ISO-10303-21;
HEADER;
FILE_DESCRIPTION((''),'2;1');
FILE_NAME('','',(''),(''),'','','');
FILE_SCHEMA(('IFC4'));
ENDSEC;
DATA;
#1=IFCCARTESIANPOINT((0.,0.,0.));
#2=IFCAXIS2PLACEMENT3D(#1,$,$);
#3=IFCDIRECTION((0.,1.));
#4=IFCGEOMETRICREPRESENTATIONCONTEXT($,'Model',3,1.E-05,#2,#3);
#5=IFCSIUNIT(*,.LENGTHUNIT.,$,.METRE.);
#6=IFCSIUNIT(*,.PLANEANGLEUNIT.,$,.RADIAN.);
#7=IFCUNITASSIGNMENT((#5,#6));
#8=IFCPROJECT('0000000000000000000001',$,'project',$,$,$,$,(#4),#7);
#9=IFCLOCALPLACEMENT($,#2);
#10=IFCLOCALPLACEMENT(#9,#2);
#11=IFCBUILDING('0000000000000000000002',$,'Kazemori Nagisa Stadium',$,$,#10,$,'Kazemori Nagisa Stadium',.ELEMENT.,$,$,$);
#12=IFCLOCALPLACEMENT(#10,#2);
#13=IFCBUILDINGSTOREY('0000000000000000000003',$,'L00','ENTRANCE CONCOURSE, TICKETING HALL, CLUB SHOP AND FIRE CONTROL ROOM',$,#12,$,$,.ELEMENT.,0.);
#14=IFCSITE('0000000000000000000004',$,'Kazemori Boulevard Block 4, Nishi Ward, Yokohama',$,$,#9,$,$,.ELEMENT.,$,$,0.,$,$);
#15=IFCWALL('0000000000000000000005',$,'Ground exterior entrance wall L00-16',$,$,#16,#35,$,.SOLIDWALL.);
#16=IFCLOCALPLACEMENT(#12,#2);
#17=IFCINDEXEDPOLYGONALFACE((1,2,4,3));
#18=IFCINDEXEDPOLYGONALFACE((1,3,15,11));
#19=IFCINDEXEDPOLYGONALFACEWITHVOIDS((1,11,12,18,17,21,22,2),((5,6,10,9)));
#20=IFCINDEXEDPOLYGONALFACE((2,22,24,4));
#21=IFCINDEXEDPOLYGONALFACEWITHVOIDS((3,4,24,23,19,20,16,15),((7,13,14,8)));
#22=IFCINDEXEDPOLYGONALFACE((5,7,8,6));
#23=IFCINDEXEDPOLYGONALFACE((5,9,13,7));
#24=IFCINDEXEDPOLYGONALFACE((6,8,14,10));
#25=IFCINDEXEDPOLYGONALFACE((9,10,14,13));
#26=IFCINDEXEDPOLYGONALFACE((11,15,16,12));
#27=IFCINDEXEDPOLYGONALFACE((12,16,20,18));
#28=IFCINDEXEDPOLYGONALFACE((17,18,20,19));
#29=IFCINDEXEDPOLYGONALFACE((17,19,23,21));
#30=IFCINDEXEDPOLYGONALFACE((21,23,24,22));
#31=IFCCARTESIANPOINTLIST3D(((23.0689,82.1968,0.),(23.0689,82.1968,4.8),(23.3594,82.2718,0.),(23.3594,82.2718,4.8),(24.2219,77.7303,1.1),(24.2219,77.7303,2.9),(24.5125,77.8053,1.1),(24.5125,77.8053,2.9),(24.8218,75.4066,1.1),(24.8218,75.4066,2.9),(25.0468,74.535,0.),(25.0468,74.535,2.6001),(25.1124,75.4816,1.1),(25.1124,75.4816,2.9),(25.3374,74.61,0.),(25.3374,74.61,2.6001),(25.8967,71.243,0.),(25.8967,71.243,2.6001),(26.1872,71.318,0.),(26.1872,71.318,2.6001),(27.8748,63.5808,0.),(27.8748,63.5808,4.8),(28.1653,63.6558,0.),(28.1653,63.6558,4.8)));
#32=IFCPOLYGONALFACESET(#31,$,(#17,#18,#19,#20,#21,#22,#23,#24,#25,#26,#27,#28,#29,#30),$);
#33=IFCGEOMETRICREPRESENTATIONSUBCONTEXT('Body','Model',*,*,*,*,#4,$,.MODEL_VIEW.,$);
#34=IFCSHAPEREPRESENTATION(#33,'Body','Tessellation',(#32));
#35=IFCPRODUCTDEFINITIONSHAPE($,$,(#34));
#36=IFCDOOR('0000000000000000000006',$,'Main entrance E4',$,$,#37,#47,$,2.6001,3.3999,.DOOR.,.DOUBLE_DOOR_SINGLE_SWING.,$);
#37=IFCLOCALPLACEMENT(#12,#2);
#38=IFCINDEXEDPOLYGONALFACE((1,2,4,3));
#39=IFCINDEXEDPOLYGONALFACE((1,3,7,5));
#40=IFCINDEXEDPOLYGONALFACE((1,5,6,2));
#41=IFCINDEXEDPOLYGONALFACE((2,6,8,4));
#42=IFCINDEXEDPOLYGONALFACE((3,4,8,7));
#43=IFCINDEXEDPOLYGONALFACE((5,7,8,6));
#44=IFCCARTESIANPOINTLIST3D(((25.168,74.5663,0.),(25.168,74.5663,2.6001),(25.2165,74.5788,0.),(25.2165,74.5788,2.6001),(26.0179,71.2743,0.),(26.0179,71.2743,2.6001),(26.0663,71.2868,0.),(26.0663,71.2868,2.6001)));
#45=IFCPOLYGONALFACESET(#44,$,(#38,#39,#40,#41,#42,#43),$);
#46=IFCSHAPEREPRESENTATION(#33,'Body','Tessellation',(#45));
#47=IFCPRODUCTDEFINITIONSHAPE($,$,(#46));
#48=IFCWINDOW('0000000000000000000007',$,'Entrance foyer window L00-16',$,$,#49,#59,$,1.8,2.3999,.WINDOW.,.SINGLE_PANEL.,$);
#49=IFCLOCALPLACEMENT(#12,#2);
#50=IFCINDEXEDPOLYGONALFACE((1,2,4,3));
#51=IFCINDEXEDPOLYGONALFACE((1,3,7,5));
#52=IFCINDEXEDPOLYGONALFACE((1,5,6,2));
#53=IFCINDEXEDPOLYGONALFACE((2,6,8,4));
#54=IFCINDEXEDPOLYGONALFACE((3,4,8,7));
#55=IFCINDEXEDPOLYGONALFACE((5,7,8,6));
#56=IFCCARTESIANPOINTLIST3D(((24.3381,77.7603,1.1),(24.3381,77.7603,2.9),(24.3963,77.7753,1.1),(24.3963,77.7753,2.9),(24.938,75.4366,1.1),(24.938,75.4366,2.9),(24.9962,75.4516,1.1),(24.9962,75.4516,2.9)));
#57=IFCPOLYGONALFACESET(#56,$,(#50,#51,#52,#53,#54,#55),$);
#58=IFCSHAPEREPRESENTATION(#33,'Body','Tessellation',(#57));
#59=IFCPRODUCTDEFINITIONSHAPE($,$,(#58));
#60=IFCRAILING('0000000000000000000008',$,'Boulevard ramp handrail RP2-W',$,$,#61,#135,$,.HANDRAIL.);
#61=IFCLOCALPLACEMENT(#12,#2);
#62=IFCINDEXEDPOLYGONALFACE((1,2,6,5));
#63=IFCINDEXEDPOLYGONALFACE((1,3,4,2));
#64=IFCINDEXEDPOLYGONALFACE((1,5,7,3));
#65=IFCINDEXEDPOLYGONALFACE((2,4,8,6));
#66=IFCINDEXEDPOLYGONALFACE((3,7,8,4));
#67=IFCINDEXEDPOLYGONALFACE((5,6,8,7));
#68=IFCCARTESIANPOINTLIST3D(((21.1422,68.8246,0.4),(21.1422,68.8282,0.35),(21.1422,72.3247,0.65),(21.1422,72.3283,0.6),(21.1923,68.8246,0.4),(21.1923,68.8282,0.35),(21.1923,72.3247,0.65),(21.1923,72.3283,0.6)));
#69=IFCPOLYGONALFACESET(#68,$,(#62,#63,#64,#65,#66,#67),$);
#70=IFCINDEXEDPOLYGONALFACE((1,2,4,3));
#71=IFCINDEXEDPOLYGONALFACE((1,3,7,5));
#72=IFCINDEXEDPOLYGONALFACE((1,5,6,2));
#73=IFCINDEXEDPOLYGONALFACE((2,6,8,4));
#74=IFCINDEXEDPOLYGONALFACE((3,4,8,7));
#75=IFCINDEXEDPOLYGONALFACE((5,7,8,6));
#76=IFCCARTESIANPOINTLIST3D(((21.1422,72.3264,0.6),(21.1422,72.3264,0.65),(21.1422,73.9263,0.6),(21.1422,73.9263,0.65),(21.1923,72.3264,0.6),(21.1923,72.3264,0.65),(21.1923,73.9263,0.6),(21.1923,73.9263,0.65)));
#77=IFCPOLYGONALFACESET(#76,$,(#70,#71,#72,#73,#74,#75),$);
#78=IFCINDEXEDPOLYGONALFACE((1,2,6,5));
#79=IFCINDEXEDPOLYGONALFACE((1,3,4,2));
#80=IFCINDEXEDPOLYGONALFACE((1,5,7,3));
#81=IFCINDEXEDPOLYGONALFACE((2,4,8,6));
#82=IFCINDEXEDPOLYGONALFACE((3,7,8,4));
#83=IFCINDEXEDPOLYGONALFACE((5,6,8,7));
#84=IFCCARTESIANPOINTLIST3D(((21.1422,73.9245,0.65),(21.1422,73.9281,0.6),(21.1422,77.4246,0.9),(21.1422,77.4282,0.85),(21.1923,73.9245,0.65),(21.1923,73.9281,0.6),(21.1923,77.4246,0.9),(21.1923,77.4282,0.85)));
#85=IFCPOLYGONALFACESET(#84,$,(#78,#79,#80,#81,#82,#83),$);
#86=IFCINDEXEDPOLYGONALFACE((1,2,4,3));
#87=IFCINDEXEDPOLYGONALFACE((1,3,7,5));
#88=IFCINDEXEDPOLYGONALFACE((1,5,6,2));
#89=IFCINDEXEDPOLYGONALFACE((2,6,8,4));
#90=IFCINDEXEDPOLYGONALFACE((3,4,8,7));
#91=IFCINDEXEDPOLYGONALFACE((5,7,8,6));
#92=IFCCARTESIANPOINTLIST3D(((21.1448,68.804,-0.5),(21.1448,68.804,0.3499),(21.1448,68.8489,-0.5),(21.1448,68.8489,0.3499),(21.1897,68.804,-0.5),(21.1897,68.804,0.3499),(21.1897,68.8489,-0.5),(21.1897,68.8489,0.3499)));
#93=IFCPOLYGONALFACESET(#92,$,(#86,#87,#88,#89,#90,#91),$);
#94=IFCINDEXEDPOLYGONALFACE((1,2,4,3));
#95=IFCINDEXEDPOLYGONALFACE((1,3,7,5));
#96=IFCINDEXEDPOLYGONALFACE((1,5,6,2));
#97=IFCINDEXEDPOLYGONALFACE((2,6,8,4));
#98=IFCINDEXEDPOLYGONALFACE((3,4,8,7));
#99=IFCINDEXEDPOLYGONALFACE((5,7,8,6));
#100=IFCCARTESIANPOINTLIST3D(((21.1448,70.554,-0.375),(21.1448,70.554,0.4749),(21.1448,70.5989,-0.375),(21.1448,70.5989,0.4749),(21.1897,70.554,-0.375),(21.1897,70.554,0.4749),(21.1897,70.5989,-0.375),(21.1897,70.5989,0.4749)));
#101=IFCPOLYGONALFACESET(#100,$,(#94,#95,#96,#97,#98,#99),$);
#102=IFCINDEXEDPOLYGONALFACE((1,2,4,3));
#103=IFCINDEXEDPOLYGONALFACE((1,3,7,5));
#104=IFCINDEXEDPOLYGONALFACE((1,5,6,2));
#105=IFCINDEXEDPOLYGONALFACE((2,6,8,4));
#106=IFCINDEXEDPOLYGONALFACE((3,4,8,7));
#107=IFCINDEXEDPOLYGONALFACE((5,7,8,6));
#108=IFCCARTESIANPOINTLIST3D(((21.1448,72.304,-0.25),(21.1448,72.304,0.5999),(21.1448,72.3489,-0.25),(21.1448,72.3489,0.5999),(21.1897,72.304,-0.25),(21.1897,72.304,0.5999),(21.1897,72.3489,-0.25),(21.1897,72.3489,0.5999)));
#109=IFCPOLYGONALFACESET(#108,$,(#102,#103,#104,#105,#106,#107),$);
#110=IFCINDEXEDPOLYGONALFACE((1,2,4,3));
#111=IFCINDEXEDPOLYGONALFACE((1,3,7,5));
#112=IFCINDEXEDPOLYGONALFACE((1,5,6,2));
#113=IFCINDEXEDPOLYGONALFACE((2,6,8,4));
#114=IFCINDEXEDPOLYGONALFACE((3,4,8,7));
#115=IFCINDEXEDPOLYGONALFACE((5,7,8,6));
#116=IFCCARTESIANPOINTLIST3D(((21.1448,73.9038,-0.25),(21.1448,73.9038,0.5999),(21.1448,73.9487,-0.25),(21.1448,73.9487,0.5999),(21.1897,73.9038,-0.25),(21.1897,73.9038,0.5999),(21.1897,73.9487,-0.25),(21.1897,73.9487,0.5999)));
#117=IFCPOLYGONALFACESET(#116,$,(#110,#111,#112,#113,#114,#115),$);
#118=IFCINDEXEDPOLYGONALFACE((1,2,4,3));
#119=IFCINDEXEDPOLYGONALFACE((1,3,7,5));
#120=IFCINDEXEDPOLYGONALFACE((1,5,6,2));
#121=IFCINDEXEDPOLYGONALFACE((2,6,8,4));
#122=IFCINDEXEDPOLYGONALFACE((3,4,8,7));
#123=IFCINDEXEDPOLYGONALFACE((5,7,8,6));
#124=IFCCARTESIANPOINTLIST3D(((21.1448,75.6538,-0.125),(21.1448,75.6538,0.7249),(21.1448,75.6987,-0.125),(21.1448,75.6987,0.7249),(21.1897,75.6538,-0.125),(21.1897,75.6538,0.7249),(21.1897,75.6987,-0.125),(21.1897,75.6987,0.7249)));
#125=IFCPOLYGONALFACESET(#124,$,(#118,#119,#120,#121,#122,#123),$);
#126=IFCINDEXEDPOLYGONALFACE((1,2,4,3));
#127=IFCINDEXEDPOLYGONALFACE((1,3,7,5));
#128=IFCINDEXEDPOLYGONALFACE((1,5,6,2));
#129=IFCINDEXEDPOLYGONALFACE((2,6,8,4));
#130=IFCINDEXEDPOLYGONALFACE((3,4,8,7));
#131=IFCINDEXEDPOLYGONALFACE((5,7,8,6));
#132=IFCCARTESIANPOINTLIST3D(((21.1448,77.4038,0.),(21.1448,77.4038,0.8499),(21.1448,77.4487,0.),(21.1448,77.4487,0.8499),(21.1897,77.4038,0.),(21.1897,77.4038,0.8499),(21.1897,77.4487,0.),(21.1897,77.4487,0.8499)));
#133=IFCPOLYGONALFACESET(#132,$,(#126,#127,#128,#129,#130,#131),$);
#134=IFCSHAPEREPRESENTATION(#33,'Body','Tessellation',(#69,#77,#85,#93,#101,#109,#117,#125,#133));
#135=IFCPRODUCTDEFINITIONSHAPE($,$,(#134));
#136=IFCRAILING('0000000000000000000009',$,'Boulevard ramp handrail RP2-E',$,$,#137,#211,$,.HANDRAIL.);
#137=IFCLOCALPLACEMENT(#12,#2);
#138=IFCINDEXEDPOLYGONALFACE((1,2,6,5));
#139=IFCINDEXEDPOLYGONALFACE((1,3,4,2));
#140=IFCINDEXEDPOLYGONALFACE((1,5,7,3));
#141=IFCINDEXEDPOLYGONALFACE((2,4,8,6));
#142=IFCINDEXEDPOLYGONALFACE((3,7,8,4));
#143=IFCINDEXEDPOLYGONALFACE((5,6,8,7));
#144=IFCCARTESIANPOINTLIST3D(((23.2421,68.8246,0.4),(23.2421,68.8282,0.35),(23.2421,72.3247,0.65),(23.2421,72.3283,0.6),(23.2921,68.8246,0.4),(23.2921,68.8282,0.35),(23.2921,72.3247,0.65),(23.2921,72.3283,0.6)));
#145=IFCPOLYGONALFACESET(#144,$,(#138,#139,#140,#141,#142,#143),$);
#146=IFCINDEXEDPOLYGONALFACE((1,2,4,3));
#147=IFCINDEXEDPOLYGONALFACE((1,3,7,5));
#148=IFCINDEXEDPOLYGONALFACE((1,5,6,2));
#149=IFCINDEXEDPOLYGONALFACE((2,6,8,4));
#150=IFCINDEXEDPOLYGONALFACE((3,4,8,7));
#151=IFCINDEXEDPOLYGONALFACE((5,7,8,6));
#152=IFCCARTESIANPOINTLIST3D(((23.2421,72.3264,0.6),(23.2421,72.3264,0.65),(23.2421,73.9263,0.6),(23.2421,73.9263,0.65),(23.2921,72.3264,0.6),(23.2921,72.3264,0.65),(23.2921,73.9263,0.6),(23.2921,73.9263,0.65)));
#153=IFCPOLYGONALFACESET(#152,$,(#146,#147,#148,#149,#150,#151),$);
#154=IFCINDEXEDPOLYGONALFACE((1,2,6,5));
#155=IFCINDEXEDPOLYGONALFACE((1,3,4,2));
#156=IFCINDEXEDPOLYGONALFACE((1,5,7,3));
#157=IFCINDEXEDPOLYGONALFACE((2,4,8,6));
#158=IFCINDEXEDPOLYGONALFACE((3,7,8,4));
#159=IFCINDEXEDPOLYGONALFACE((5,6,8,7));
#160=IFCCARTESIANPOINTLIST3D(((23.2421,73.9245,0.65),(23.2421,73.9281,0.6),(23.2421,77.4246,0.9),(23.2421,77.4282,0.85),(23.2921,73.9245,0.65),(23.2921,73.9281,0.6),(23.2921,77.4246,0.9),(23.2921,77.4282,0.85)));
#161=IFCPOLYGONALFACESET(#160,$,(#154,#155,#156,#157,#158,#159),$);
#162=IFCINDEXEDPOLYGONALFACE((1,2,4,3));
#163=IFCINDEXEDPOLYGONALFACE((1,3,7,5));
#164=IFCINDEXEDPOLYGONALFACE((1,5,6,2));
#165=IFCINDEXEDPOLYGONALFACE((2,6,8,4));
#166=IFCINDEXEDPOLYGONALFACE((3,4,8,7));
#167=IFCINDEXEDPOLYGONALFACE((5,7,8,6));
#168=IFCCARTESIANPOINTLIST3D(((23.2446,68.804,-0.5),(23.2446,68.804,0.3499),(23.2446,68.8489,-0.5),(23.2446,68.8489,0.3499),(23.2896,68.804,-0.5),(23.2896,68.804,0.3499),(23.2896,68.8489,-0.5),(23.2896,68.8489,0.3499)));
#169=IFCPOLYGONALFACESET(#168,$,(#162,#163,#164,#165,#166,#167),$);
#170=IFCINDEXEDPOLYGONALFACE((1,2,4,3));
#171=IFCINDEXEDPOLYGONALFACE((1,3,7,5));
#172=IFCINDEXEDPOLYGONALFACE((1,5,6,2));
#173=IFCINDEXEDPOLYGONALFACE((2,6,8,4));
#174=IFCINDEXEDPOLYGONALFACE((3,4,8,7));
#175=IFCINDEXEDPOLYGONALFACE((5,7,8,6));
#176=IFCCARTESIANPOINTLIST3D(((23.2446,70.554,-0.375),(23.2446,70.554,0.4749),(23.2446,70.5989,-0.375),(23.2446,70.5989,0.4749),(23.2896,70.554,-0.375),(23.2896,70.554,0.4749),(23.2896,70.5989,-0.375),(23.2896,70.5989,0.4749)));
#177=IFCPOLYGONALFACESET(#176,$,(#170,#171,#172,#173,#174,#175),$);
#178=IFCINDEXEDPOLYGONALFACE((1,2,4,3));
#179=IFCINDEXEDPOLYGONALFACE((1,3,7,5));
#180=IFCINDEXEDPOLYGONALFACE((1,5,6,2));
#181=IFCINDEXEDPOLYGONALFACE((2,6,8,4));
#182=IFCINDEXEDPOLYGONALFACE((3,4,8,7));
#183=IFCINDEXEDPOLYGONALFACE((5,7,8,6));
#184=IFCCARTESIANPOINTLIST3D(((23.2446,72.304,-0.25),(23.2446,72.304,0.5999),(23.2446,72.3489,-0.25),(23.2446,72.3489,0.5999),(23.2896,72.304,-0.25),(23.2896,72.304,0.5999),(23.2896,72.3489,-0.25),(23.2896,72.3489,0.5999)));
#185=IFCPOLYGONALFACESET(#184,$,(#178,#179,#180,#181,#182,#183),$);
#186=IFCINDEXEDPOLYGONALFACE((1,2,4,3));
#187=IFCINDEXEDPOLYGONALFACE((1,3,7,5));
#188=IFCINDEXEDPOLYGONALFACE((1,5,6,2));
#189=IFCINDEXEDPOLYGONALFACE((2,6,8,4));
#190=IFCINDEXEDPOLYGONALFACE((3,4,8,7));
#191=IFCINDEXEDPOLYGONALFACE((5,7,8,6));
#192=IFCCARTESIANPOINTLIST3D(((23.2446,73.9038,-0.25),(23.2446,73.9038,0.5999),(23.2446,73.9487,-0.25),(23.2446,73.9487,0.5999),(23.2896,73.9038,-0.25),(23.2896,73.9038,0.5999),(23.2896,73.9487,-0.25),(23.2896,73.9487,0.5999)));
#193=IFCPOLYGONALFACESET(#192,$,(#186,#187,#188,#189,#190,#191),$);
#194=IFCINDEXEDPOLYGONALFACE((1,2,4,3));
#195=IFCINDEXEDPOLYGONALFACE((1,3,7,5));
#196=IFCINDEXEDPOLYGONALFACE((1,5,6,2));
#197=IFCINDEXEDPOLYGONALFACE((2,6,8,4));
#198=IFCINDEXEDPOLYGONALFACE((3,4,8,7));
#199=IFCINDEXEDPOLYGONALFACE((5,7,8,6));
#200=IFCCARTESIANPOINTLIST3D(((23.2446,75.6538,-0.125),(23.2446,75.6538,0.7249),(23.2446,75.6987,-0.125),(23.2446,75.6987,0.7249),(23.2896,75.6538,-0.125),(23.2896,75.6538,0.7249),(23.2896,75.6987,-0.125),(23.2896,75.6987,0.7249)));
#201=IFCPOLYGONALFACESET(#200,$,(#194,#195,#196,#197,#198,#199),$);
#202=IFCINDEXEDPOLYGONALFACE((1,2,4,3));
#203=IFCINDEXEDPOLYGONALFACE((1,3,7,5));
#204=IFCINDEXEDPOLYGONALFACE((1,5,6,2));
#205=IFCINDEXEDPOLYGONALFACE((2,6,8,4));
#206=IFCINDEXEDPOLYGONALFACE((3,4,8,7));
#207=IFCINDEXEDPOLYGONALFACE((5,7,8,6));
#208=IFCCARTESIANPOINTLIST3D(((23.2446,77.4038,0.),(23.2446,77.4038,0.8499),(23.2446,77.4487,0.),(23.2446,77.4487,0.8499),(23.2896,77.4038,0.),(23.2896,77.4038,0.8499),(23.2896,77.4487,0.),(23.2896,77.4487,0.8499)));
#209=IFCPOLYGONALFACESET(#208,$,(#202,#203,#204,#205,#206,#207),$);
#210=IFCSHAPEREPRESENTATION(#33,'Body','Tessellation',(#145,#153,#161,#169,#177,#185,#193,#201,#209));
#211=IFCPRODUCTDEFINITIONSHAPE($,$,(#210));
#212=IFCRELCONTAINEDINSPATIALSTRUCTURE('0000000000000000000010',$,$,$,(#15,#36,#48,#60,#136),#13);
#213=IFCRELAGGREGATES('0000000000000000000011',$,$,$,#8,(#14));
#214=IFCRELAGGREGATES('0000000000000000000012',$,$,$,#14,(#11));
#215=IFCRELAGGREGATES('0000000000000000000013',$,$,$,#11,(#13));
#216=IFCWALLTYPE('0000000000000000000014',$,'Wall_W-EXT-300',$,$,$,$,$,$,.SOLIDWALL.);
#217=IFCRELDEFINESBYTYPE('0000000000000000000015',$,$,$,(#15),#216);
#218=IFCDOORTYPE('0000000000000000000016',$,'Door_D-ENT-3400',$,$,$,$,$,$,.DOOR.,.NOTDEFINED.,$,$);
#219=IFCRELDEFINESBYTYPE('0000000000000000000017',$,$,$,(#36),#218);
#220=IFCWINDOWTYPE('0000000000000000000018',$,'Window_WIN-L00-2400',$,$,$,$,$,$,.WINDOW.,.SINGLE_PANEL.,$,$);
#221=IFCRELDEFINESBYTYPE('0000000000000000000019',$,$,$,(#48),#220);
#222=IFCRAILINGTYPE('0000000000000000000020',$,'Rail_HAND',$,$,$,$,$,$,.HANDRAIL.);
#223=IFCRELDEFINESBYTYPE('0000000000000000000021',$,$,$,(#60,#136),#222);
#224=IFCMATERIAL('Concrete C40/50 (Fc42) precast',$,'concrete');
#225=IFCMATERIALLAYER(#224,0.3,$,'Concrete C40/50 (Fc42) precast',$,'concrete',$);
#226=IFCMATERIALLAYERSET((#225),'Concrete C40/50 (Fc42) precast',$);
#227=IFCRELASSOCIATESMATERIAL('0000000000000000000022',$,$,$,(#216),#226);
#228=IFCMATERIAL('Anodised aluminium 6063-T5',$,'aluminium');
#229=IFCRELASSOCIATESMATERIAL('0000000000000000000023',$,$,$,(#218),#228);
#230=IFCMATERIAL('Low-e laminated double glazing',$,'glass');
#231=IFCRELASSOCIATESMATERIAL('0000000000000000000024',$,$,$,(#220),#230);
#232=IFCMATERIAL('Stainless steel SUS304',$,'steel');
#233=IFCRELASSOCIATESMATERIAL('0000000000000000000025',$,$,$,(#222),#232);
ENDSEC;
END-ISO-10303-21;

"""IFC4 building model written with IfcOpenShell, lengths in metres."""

from ifc_helpers import new_model, si_unit, direction, frame, frame_2d, origin, origin_2d, place, context, subcontext, project, spatial, rectangle, extrude, material, layer, layer_set, type_object, element, fill, save


model = new_model("IFC4")

# Units and contexts
model_context = context("Model", 3, precision=1e-05, world=origin(), true_north=direction((0.0, 1.0)))
body_context = subcontext(model_context, "Body", "Model", "MODEL_VIEW")
ifc_project = project(units=[si_unit("LENGTHUNIT", "METRE"), si_unit("PLANEANGLEUNIT", "RADIAN")], contexts=[model_context])

# Site, building, storey
site_placement = place(None, origin())
site = spatial("IfcSite", under=ifc_project, at=site_placement, Name="Kazemori Boulevard Block 4, Nishi Ward, Yokohama", CompositionType="ELEMENT", RefElevation=0.0)
building_placement = place(site_placement, origin())
building = spatial("IfcBuilding", under=site, at=building_placement, Name="Kazemori Nagisa Stadium", LongName="Kazemori Nagisa Stadium", CompositionType="ELEMENT")
storey_placement = place(building_placement, origin())
storey = spatial("IfcBuildingStorey", under=building, at=storey_placement, Name="L00", Description="ENTRANCE CONCOURSE, TICKETING HALL, CLUB SHOP AND FIRE CONTROL ROOM", CompositionType="ELEMENT", Elevation=0.0)

# Wall, openings, door, window
ifc_material_1 = material(Name="Concrete C40/50 (Fc42) precast", Category="concrete")
ifc_layer = layer(ifc_material_1, 0.3, Name="Concrete C40/50 (Fc42) precast", Category="concrete")
ifc_layer_set = layer_set([ifc_layer], Name="Concrete C40/50 (Fc42) precast")
wall_type = type_object("IfcWallType", Name="Wall_W-EXT-300", PredefinedType="SOLIDWALL", material=ifc_layer_set)
ifc_material_2 = material(Name="Anodised aluminium 6063-T5", Category="aluminium")
door_type = type_object("IfcDoorType", Name="Door_D-ENT-3400", OperationType="NOTDEFINED", PredefinedType="DOOR", material=ifc_material_2)
ifc_material_3 = material(Name="Low-e laminated double glazing", Category="glass")
window_type = type_object("IfcWindowType", Name="Window_WIN-L00-2400", PartitioningType="SINGLE_PANEL", PredefinedType="WINDOW", material=ifc_material_3)
wall_1_placement = place(storey_placement, frame((23.2141, 82.2344, 0.0), z_axis=(0.0, 0.0, 1.0), x_axis=(0.249965, -0.968255, 0.0)))
wall_1 = element("IfcWall", 1, at=wall_1_placement, inside=storey, type_object=wall_type, Name="Ground exterior entrance wall L00-16", PredefinedType="SOLIDWALL", context=body_context, shape_type="SweptSolid", body=[
    extrude(rectangle(XDim=19.2263, YDim=0.3, at=frame_2d((9.6133, 0.0))), origin(), (0.0, 0.0, 1.0), 4.8),
])
opening_1_placement = place(wall_1_placement, frame((7.9131, 0.0, 0.0)))
opening_1 = element("IfcOpeningElement", 2, at=opening_1_placement, cuts=wall_1, PredefinedType="OPENING", context=body_context, shape_type="SweptSolid", body=[
    extrude(rectangle(XDim=3.3999, YDim=2.6001, at=frame_2d((1.7, 1.3))), frame((0.0, 0.1599, 0.0), z_axis=(0.0, -1.0, 0.0), x_axis=(1.0, 0.0, 0.0)), (0.0, 0.0, 1.0), 0.3201),
])
opening_2_placement = place(wall_1_placement, frame((4.613, 0.0, 1.1001)))
opening_2 = element("IfcOpeningElement", 3, at=opening_2_placement, cuts=wall_1, PredefinedType="OPENING", context=body_context, shape_type="SweptSolid", body=[
    extrude(rectangle(XDim=2.3999, YDim=1.8, at=frame_2d((1.2, 0.8999))), frame((0.0, 0.1599, 0.0), z_axis=(0.0, -1.0, 0.0), x_axis=(1.0, 0.0, 0.0)), (0.0, 0.0, 1.0), 0.3201),
])
door_1_placement = place(opening_1_placement, frame((3.3999, 0.0, 0.0), z_axis=(0.0, 0.0, 1.0), x_axis=(-1.0, 0.0, 0.0)))
door_1 = element("IfcDoor", 4, at=door_1_placement, inside=storey, type_object=door_type, Name="Main entrance E4", OperationType="DOUBLE_DOOR_SINGLE_SWING", OverallHeight=2.6001, OverallWidth=3.3999, PredefinedType="DOOR", context=body_context, shape_type="SweptSolid", body=[
    extrude(rectangle(XDim=3.3999, YDim=2.6001, at=frame_2d((1.7, 1.3))), frame((0.0, 0.0249, 0.0), z_axis=(0.0, -1.0, 0.0), x_axis=(1.0, 0.0, 0.0)), (0.0, 0.0, 1.0), 0.05),
])
fill(opening_1, door_1)
window_1_placement = place(opening_2_placement, origin())
window_1 = element("IfcWindow", 5, at=window_1_placement, inside=storey, type_object=window_type, Name="Entrance foyer window L00-16", OverallHeight=1.8, OverallWidth=2.3999, PartitioningType="SINGLE_PANEL", PredefinedType="WINDOW", context=body_context, shape_type="SweptSolid", body=[
    extrude(rectangle(XDim=2.3999, YDim=1.8, at=frame_2d((1.2, 0.8999))), frame((0.0, 0.03, 0.0), z_axis=(0.0, -1.0, 0.0), x_axis=(1.0, 0.0, 0.0)), (0.0, 0.0, 1.0), 0.0601),
])
fill(opening_2, window_1)

# Railings
ifc_material_4 = material(Name="Stainless steel SUS304", Category="steel")
railing_type = type_object("IfcRailingType", Name="Rail_HAND", PredefinedType="HANDRAIL", material=ifc_material_4)
for number, where, name in (
    (6, (21.1672, 68.8264, -0.5), "Boulevard ramp handrail RP2-W"),
    (7, (23.2671, 68.8264, -0.5), "Boulevard ramp handrail RP2-E"),
):
    element("IfcRailing", number, at=place(storey_placement, frame(where)), inside=storey, type_object=railing_type, Name=name, PredefinedType="HANDRAIL", context=body_context, shape_type="SweptSolid", body=[
        extrude(rectangle(XDim=0.05, YDim=0.05, at=origin_2d()), frame((0.0, 0.0, 0.875), z_axis=(0.0, 0.997459, 0.071247), x_axis=(-1.0, 0.0, 0.0)), (0.0, 0.0, 1.0), 3.509),
        extrude(rectangle(XDim=0.05, YDim=0.05, at=origin_2d()), frame((0.0, 3.5, 1.125), z_axis=(0.0, 1.0, 0.0), x_axis=(-1.0, 0.0, 0.0)), (0.0, 0.0, 1.0), 1.5999),
        extrude(rectangle(XDim=0.05, YDim=0.05, at=origin_2d()), frame((0.0, 5.0999, 1.125), z_axis=(0.0, 0.997459, 0.071247), x_axis=(-1.0, 0.0, 0.0)), (0.0, 0.0, 1.0), 3.509),
        extrude(rectangle(XDim=0.0449, YDim=0.0449, at=origin_2d()), origin(), (0.0, 0.0, 1.0), 0.8499),
        extrude(rectangle(XDim=0.0449, YDim=0.0449, at=origin_2d()), frame((0.0, 1.75, 0.125)), (0.0, 0.0, 1.0), 0.8499),
        extrude(rectangle(XDim=0.0449, YDim=0.0449, at=origin_2d()), frame((0.0, 3.5, 0.25)), (0.0, 0.0, 1.0), 0.8499),
        extrude(rectangle(XDim=0.0449, YDim=0.0449, at=origin_2d()), frame((0.0, 5.0999, 0.25)), (0.0, 0.0, 1.0), 0.8499),
        extrude(rectangle(XDim=0.0449, YDim=0.0449, at=origin_2d()), frame((0.0, 6.8499, 0.375)), (0.0, 0.0, 1.0), 0.8499),
        extrude(rectangle(XDim=0.0449, YDim=0.0449, at=origin_2d()), frame((0.0, 8.5999, 0.5)), (0.0, 0.0, 1.0), 0.8499),
    ])

save(model, "model.ifc")
